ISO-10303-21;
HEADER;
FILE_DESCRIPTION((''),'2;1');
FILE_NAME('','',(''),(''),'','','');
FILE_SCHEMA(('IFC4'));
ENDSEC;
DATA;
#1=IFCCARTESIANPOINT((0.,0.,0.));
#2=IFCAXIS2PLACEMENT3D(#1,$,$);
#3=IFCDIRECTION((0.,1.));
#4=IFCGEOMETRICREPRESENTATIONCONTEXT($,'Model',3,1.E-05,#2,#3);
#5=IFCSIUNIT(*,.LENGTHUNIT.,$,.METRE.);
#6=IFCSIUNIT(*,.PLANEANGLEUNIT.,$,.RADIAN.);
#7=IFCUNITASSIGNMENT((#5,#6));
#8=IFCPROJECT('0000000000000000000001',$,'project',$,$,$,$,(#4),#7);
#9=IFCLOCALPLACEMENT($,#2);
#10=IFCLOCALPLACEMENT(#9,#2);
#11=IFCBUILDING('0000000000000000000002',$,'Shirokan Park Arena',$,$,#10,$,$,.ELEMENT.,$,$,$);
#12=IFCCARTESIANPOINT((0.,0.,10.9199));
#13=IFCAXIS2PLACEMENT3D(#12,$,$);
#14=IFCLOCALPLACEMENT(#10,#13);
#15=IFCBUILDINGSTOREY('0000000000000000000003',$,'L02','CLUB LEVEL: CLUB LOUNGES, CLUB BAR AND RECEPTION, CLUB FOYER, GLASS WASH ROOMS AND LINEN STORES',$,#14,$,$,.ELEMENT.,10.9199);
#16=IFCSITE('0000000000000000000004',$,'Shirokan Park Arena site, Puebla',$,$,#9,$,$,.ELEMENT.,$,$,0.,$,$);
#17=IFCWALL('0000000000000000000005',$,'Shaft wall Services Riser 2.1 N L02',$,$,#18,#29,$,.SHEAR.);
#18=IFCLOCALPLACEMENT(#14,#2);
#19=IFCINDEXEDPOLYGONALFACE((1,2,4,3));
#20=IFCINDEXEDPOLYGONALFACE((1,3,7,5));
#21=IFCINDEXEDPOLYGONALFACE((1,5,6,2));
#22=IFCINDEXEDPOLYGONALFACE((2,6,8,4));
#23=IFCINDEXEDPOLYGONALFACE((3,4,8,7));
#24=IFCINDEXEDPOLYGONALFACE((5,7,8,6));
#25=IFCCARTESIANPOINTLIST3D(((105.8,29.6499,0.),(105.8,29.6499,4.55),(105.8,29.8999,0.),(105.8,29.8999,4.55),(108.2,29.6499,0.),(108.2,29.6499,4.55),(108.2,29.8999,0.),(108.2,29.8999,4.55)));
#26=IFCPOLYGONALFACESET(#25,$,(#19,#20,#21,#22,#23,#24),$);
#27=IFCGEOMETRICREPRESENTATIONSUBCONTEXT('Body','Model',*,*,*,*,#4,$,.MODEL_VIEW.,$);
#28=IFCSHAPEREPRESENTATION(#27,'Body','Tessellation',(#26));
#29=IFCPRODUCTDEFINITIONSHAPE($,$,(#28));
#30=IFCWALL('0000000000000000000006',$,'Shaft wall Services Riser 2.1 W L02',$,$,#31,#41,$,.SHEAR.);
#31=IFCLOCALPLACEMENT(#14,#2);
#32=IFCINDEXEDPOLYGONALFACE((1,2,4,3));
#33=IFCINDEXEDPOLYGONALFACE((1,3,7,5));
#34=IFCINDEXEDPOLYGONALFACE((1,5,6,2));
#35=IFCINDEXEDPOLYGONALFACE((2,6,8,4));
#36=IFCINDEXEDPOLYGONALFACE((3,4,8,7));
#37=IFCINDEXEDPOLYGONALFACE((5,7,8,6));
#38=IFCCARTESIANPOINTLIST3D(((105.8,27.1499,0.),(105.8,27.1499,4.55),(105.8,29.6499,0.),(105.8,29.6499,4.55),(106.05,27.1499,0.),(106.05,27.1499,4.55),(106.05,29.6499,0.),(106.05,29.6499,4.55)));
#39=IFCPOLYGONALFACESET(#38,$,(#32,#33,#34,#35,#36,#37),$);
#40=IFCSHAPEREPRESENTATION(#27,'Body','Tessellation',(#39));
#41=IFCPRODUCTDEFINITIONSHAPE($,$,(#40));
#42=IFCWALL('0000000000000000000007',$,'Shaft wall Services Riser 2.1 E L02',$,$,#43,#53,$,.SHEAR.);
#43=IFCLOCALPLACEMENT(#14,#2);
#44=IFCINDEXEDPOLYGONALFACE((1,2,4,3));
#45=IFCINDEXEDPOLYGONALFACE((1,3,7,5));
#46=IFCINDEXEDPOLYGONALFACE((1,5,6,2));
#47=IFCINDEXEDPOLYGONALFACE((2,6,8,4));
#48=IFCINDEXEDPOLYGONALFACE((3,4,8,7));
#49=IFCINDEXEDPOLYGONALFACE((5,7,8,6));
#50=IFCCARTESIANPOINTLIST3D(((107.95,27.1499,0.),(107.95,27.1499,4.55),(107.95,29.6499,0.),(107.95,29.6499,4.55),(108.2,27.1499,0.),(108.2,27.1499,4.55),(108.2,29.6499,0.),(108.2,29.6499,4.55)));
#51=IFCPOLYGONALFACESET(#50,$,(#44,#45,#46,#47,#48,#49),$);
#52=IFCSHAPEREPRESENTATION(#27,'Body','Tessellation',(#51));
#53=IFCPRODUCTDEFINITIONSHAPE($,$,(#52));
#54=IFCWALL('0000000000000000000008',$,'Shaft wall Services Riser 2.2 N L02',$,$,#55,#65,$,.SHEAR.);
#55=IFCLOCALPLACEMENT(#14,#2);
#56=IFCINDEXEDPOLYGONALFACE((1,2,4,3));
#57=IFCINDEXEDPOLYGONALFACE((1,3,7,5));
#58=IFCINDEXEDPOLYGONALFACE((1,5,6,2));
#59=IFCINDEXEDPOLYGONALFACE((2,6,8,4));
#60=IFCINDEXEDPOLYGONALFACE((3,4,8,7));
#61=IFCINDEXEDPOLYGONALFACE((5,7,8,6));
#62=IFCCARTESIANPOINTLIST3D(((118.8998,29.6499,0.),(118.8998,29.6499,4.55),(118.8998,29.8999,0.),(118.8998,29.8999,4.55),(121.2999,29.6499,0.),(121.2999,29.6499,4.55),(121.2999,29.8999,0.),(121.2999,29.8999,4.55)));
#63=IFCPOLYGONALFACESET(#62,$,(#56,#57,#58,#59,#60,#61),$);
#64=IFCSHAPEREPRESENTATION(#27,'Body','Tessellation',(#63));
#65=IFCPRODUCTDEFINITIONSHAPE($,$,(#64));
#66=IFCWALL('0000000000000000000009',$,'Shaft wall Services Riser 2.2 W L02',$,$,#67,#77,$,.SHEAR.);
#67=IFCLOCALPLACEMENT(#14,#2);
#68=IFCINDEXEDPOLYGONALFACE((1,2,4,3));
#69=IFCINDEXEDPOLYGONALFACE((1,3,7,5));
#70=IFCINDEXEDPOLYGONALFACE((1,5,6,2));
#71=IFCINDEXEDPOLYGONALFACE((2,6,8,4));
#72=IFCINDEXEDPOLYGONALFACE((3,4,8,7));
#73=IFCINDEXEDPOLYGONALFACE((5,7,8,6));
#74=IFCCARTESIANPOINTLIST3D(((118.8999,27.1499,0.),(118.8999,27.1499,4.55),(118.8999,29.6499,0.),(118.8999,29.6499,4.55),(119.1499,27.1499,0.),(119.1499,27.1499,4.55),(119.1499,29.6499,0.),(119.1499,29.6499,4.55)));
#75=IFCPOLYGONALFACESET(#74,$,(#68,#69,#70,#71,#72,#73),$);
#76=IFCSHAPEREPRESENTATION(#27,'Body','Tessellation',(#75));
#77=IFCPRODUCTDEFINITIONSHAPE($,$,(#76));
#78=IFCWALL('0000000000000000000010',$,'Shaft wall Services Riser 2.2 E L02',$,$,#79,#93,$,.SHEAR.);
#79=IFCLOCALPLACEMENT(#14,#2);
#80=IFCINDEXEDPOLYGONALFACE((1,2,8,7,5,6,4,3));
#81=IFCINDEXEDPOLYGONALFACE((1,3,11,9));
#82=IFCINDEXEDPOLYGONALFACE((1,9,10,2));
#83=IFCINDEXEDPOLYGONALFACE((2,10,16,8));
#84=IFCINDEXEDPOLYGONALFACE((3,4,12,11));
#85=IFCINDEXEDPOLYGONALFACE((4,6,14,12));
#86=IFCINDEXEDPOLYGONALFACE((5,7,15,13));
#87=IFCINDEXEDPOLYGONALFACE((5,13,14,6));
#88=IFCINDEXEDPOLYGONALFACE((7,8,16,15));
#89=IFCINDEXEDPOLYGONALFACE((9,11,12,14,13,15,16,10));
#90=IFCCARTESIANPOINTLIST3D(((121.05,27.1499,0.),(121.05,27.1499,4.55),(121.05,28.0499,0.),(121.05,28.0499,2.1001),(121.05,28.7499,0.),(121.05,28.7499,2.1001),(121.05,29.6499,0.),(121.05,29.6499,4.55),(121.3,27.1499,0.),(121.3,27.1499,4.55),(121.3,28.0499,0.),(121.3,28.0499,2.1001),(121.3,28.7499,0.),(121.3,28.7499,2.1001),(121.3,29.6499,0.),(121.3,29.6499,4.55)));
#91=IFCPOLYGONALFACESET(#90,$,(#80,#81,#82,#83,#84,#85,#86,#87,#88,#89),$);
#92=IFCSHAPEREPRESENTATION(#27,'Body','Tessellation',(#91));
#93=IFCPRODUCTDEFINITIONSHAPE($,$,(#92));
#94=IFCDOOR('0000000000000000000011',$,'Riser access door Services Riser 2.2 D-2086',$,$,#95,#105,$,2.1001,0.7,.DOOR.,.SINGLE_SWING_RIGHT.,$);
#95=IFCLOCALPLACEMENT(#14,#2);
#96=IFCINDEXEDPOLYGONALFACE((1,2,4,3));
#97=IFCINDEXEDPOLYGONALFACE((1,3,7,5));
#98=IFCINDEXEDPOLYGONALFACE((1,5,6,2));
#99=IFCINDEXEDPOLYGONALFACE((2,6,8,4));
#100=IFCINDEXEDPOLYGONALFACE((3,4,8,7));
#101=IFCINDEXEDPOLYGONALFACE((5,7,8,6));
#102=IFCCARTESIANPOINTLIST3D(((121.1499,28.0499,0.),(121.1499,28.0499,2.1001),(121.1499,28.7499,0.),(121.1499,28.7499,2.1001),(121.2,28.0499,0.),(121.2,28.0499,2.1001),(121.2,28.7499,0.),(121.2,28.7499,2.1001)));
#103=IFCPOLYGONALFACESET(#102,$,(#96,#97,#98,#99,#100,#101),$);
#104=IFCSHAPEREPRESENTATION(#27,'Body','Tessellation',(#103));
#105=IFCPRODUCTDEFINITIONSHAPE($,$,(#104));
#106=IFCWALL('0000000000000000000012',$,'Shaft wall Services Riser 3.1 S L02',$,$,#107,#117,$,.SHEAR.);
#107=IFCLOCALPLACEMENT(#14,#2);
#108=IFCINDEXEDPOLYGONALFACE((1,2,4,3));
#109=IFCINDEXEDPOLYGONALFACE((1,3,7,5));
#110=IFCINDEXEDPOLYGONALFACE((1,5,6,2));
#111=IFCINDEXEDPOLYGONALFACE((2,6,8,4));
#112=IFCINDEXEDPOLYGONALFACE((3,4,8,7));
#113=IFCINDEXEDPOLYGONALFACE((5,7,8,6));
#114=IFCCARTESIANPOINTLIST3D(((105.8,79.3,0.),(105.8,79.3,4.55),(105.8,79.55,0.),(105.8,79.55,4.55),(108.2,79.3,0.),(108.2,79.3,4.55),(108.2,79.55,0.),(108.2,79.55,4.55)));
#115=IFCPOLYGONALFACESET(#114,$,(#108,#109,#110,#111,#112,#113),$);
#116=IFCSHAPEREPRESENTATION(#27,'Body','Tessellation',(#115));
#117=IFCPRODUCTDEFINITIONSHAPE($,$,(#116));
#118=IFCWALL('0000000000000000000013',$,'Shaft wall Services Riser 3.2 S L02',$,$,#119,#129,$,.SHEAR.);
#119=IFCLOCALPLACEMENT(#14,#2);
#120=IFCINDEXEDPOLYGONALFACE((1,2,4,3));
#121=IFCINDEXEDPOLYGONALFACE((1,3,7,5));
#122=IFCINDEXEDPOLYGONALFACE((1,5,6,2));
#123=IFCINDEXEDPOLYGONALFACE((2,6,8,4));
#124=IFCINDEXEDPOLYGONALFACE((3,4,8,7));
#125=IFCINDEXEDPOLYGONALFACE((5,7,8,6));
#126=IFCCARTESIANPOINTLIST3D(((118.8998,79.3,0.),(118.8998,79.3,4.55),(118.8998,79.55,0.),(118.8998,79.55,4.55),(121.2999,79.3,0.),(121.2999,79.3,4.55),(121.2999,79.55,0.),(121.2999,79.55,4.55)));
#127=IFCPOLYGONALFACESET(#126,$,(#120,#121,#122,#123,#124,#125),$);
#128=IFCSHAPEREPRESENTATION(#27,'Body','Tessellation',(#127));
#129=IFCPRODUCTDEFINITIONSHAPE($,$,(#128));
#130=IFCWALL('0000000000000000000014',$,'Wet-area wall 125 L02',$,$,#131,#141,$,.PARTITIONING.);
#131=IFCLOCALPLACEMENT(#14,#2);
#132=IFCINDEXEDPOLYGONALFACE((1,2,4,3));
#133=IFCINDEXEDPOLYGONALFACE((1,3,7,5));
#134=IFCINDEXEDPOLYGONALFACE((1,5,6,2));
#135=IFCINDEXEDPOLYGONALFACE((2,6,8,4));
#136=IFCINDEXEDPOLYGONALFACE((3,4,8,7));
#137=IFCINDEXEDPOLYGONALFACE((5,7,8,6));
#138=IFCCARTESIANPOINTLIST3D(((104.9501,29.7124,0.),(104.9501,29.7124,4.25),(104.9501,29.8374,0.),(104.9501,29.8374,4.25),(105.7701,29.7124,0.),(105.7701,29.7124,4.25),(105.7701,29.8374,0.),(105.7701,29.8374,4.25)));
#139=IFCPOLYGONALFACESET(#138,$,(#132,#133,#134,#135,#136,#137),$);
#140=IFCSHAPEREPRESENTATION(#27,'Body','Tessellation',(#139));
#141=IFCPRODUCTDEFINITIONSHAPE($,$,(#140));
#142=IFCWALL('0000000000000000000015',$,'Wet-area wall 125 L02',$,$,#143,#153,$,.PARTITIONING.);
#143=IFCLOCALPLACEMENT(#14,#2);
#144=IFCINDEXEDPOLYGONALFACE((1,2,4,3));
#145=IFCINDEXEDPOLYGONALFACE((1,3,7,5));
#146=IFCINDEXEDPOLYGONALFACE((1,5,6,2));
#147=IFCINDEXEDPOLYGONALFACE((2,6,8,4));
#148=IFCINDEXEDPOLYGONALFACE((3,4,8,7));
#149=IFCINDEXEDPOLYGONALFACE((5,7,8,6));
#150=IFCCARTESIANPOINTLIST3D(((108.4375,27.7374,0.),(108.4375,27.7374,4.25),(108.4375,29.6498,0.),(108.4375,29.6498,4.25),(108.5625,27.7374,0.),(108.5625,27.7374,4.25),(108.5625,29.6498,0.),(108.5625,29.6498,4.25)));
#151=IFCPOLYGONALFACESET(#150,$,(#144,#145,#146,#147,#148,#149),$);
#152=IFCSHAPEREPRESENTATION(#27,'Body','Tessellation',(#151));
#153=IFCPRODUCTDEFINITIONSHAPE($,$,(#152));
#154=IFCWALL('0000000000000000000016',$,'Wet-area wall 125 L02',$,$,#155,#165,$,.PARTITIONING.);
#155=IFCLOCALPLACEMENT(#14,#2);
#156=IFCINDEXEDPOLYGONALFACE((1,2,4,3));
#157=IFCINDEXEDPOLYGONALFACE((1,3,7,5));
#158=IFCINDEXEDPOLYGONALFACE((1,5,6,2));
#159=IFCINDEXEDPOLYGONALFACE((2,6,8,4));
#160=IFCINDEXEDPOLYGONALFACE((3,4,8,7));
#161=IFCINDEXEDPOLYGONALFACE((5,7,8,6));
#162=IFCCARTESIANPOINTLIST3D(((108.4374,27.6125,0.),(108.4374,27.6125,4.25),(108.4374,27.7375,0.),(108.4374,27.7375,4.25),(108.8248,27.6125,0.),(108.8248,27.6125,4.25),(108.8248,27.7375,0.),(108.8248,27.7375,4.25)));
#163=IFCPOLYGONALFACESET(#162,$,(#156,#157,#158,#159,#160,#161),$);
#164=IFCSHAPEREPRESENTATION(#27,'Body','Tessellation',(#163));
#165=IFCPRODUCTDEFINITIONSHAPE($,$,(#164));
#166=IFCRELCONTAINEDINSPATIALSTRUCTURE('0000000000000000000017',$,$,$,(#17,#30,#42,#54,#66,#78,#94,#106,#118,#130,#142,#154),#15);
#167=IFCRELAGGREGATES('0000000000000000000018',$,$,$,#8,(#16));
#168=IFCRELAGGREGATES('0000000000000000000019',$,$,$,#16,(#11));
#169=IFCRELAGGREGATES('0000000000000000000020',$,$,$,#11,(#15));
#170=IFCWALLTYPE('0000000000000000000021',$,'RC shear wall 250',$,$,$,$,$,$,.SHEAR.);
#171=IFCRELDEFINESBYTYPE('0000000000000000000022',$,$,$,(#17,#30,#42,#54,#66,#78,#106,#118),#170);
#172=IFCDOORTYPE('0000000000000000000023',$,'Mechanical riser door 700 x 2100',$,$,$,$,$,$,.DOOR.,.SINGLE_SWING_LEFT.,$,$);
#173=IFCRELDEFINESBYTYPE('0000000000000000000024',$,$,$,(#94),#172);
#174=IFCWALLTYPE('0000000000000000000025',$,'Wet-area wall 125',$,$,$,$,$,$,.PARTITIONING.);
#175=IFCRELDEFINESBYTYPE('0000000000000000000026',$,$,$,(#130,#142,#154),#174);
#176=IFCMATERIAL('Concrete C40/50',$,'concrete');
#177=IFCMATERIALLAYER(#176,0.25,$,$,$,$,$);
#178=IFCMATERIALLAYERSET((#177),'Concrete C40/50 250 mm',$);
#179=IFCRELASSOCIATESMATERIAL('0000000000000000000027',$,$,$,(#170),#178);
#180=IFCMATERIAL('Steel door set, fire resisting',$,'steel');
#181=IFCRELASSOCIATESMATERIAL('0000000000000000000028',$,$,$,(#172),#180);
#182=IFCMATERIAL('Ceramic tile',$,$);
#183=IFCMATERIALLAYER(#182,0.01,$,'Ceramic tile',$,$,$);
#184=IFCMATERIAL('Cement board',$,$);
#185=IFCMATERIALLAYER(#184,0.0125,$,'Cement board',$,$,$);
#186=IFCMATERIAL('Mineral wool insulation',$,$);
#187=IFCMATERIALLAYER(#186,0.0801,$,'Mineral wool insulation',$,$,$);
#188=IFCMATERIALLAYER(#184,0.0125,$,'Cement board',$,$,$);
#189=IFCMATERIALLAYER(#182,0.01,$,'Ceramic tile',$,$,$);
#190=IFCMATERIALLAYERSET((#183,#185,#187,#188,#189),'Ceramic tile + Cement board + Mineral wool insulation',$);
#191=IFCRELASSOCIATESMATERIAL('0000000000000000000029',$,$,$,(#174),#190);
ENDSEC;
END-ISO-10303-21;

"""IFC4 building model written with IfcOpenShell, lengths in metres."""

from ifc_helpers import new_model, si_unit, direction, frame, frame_2d, origin, place, context, subcontext, project, spatial, rectangle, extrude, material, layer, layer_set, type_object, element, fill, save


model = new_model("IFC4")

# Units and contexts
model_context = context("Model", 3, precision=1e-05, world=origin(), true_north=direction((0.0, 1.0)))
body_context = subcontext(model_context, "Body", "Model", "MODEL_VIEW")
ifc_project = project(units=[si_unit("LENGTHUNIT", "METRE"), si_unit("PLANEANGLEUNIT", "RADIAN")], contexts=[model_context])

# Site, building, storey
site_placement = place(None, origin())
site = spatial("IfcSite", under=ifc_project, at=site_placement, Name="Shirokan Park Arena site, Puebla", CompositionType="ELEMENT", RefElevation=0.0)
building_placement = place(site_placement, origin())
building = spatial("IfcBuilding", under=site, at=building_placement, Name="Shirokan Park Arena", CompositionType="ELEMENT")
storey_placement = place(building_placement, frame((0.0, 0.0, 10.9199)))
storey = spatial("IfcBuildingStorey", under=building, at=storey_placement, Name="L02", Description="CLUB LEVEL: CLUB LOUNGES, CLUB BAR AND RECEPTION, CLUB FOYER, GLASS WASH ROOMS AND LINEN STORES", CompositionType="ELEMENT", Elevation=10.9199)

# Walls
ifc_material_1 = material(Name="Concrete C40/50", Category="concrete")
ifc_layer_1 = layer(ifc_material_1, 0.25)
ifc_layer_set_1 = layer_set([ifc_layer_1], Name="Concrete C40/50 250 mm")
wall_type_1 = type_object("IfcWallType", Name="RC shear wall 250", PredefinedType="SHEAR", material=ifc_layer_set_1)
wall_1_placement = place(storey_placement, frame((108.2, 29.7749, 0.0), z_axis=(0.0, 0.0, 1.0), x_axis=(-1.0, 0.0, 0.0)))
element("IfcWall", 1, at=wall_1_placement, inside=storey, type_object=wall_type_1, Name="Shaft wall Services Riser 2.1 N L02", PredefinedType="SHEAR", context=body_context, shape_type="SweptSolid", body=[
    extrude(rectangle(XDim=2.3999, YDim=0.25, at=frame_2d((1.2, 0.0))), origin(), (0.0, 0.0, 1.0), 4.55),
])
for number, where, z_axis, x_axis, name in (
    (2, (105.925, 29.6499, 0.0), (0.0, 0.0, 1.0), (0.0, -1.0, 0.0), "Shaft wall Services Riser 2.1 W L02"),
    (3, (108.075, 29.6499, 0.0), (0.0, 0.0, 1.0), (0.0, -1.0, 0.0), "Shaft wall Services Riser 2.1 E L02"),
):
    element("IfcWall", number, at=place(storey_placement, frame(where, z_axis=z_axis, x_axis=x_axis)), inside=storey, type_object=wall_type_1, Name=name, PredefinedType="SHEAR", context=body_context, shape_type="SweptSolid", body=[
        extrude(rectangle(XDim=2.5, YDim=0.25, at=frame_2d((1.25, 0.0))), origin(), (0.0, 0.0, 1.0), 4.55),
    ])
wall_2_placement = place(storey_placement, frame((121.3, 29.7749, 0.0), z_axis=(0.0, 0.0, 1.0), x_axis=(-1.0, 0.0, 0.0)))
element("IfcWall", 4, at=wall_2_placement, inside=storey, type_object=wall_type_1, Name="Shaft wall Services Riser 2.2 N L02", PredefinedType="SHEAR", context=body_context, shape_type="SweptSolid", body=[
    extrude(rectangle(XDim=2.4001, YDim=0.25, at=frame_2d((1.2002, 0.0))), origin(), (0.0, 0.0, 1.0), 4.55),
])
wall_3_placement = place(storey_placement, frame((119.0249, 29.6499, 0.0), z_axis=(0.0, 0.0, 1.0), x_axis=(0.0, -1.0, 0.0)))
element("IfcWall", 5, at=wall_3_placement, inside=storey, type_object=wall_type_1, Name="Shaft wall Services Riser 2.2 W L02", PredefinedType="SHEAR", context=body_context, shape_type="SweptSolid", body=[
    extrude(rectangle(XDim=2.5, YDim=0.25, at=frame_2d((1.25, 0.0))), origin(), (0.0, 0.0, 1.0), 4.55),
])

# Wall, opening, door
wall_4_placement = place(storey_placement, frame((121.175, 29.6499, 0.0), z_axis=(0.0, 0.0, 1.0), x_axis=(0.0, -1.0, 0.0)))
wall_4 = element("IfcWall", 6, at=wall_4_placement, inside=storey, type_object=wall_type_1, Name="Shaft wall Services Riser 2.2 E L02", PredefinedType="SHEAR", context=body_context, shape_type="SweptSolid", body=[
    extrude(rectangle(XDim=2.5, YDim=0.25, at=frame_2d((1.25, 0.0))), origin(), (0.0, 0.0, 1.0), 4.55),
])
opening_placement = place(wall_4_placement, frame((0.8999, 0.0, 0.0)))
opening = element("IfcOpeningElement", 7, at=opening_placement, cuts=wall_4, PredefinedType="OPENING", context=body_context, shape_type="SweptSolid", body=[
    extrude(rectangle(XDim=0.7, YDim=2.1001, at=frame_2d((0.3501, 1.05))), frame((0.0, 0.135, 0.0), z_axis=(0.0, -1.0, 0.0), x_axis=(1.0, 0.0, 0.0)), (0.0, 0.0, 1.0), 0.27),
])
ifc_material_2 = material(Name="Steel door set, fire resisting", Category="steel")
door_type = type_object("IfcDoorType", Name="Mechanical riser door 700 x 2100", OperationType="SINGLE_SWING_LEFT", PredefinedType="DOOR", material=ifc_material_2)
door_placement = place(opening_placement, origin())
door = element("IfcDoor", 8, at=door_placement, inside=storey, type_object=door_type, Name="Riser access door Services Riser 2.2 D-2086", OperationType="SINGLE_SWING_RIGHT", OverallHeight=2.1001, OverallWidth=0.7, PredefinedType="DOOR", context=body_context, shape_type="SweptSolid", body=[
    extrude(rectangle(XDim=0.7, YDim=2.1001, at=frame_2d((0.3501, 1.05))), frame((0.0, 0.0249, 0.0), z_axis=(0.0, -1.0, 0.0), x_axis=(1.0, 0.0, 0.0)), (0.0, 0.0, 1.0), 0.05),
])
fill(opening, door)

# Walls
wall_5_placement = place(storey_placement, frame((108.2, 79.425, 0.0), z_axis=(0.0, 0.0, 1.0), x_axis=(-1.0, 0.0, 0.0)))
element("IfcWall", 9, at=wall_5_placement, inside=storey, type_object=wall_type_1, Name="Shaft wall Services Riser 3.1 S L02", PredefinedType="SHEAR", context=body_context, shape_type="SweptSolid", body=[
    extrude(rectangle(XDim=2.3999, YDim=0.25, at=frame_2d((1.2, 0.0))), origin(), (0.0, 0.0, 1.0), 4.55),
])
wall_6_placement = place(storey_placement, frame((121.3, 79.425, 0.0), z_axis=(0.0, 0.0, 1.0), x_axis=(-1.0, 0.0, 0.0)))
element("IfcWall", 10, at=wall_6_placement, inside=storey, type_object=wall_type_1, Name="Shaft wall Services Riser 3.2 S L02", PredefinedType="SHEAR", context=body_context, shape_type="SweptSolid", body=[
    extrude(rectangle(XDim=2.4001, YDim=0.25, at=frame_2d((1.2002, 0.0))), origin(), (0.0, 0.0, 1.0), 4.55),
])
ifc_material_3 = material(Name="Ceramic tile")
ifc_layer_2 = layer(ifc_material_3, 0.01, Name="Ceramic tile")
ifc_material_4 = material(Name="Cement board")
ifc_layer_3 = layer(ifc_material_4, 0.0125, Name="Cement board")
ifc_material_5 = material(Name="Mineral wool insulation")
ifc_layer_4 = layer(ifc_material_5, 0.0801, Name="Mineral wool insulation")
ifc_layer_5 = layer(ifc_material_4, 0.0125, Name="Cement board")
ifc_layer_6 = layer(ifc_material_3, 0.01, Name="Ceramic tile")
ifc_layer_set_2 = layer_set([ifc_layer_2, ifc_layer_3, ifc_layer_4, ifc_layer_5, ifc_layer_6], Name="Ceramic tile + Cement board + Mineral wool insulation")
wall_type_2 = type_object("IfcWallType", Name="Wet-area wall 125", PredefinedType="PARTITIONING", material=ifc_layer_set_2)
wall_7_placement = place(storey_placement, frame((104.95, 29.7749, 0.0), z_axis=(0.0, 0.0, 1.0), x_axis=(1.0, 0.0, 0.0)))
element("IfcWall", 11, at=wall_7_placement, inside=storey, type_object=wall_type_2, Name="Wet-area wall 125 L02", PredefinedType="PARTITIONING", context=body_context, shape_type="SweptSolid", body=[
    extrude(rectangle(XDim=0.8201, YDim=0.125, at=frame_2d((0.4102, 0.0))), origin(), (0.0, 0.0, 1.0), 4.25),
])
wall_8_placement = place(storey_placement, frame((108.5, 27.7375, 0.0), z_axis=(0.0, 0.0, 1.0), x_axis=(0.0, 1.0, 0.0)))
element("IfcWall", 12, at=wall_8_placement, inside=storey, type_object=wall_type_2, Name="Wet-area wall 125 L02", PredefinedType="PARTITIONING", context=body_context, shape_type="SweptSolid", body=[
    extrude(rectangle(XDim=1.9124, YDim=0.125, at=frame_2d((0.9561, 0.0))), origin(), (0.0, 0.0, 1.0), 4.25),
])
wall_9_placement = place(storey_placement, frame((108.825, 27.675, 0.0), z_axis=(0.0, 0.0, 1.0), x_axis=(-1.0, 0.0, 0.0)))
element("IfcWall", 13, at=wall_9_placement, inside=storey, type_object=wall_type_2, Name="Wet-area wall 125 L02", PredefinedType="PARTITIONING", context=body_context, shape_type="SweptSolid", body=[
    extrude(rectangle(XDim=0.3875, YDim=0.125, at=frame_2d((0.1938, 0.0))), origin(), (0.0, 0.0, 1.0), 4.25),
])

save(model, "model.ifc")
